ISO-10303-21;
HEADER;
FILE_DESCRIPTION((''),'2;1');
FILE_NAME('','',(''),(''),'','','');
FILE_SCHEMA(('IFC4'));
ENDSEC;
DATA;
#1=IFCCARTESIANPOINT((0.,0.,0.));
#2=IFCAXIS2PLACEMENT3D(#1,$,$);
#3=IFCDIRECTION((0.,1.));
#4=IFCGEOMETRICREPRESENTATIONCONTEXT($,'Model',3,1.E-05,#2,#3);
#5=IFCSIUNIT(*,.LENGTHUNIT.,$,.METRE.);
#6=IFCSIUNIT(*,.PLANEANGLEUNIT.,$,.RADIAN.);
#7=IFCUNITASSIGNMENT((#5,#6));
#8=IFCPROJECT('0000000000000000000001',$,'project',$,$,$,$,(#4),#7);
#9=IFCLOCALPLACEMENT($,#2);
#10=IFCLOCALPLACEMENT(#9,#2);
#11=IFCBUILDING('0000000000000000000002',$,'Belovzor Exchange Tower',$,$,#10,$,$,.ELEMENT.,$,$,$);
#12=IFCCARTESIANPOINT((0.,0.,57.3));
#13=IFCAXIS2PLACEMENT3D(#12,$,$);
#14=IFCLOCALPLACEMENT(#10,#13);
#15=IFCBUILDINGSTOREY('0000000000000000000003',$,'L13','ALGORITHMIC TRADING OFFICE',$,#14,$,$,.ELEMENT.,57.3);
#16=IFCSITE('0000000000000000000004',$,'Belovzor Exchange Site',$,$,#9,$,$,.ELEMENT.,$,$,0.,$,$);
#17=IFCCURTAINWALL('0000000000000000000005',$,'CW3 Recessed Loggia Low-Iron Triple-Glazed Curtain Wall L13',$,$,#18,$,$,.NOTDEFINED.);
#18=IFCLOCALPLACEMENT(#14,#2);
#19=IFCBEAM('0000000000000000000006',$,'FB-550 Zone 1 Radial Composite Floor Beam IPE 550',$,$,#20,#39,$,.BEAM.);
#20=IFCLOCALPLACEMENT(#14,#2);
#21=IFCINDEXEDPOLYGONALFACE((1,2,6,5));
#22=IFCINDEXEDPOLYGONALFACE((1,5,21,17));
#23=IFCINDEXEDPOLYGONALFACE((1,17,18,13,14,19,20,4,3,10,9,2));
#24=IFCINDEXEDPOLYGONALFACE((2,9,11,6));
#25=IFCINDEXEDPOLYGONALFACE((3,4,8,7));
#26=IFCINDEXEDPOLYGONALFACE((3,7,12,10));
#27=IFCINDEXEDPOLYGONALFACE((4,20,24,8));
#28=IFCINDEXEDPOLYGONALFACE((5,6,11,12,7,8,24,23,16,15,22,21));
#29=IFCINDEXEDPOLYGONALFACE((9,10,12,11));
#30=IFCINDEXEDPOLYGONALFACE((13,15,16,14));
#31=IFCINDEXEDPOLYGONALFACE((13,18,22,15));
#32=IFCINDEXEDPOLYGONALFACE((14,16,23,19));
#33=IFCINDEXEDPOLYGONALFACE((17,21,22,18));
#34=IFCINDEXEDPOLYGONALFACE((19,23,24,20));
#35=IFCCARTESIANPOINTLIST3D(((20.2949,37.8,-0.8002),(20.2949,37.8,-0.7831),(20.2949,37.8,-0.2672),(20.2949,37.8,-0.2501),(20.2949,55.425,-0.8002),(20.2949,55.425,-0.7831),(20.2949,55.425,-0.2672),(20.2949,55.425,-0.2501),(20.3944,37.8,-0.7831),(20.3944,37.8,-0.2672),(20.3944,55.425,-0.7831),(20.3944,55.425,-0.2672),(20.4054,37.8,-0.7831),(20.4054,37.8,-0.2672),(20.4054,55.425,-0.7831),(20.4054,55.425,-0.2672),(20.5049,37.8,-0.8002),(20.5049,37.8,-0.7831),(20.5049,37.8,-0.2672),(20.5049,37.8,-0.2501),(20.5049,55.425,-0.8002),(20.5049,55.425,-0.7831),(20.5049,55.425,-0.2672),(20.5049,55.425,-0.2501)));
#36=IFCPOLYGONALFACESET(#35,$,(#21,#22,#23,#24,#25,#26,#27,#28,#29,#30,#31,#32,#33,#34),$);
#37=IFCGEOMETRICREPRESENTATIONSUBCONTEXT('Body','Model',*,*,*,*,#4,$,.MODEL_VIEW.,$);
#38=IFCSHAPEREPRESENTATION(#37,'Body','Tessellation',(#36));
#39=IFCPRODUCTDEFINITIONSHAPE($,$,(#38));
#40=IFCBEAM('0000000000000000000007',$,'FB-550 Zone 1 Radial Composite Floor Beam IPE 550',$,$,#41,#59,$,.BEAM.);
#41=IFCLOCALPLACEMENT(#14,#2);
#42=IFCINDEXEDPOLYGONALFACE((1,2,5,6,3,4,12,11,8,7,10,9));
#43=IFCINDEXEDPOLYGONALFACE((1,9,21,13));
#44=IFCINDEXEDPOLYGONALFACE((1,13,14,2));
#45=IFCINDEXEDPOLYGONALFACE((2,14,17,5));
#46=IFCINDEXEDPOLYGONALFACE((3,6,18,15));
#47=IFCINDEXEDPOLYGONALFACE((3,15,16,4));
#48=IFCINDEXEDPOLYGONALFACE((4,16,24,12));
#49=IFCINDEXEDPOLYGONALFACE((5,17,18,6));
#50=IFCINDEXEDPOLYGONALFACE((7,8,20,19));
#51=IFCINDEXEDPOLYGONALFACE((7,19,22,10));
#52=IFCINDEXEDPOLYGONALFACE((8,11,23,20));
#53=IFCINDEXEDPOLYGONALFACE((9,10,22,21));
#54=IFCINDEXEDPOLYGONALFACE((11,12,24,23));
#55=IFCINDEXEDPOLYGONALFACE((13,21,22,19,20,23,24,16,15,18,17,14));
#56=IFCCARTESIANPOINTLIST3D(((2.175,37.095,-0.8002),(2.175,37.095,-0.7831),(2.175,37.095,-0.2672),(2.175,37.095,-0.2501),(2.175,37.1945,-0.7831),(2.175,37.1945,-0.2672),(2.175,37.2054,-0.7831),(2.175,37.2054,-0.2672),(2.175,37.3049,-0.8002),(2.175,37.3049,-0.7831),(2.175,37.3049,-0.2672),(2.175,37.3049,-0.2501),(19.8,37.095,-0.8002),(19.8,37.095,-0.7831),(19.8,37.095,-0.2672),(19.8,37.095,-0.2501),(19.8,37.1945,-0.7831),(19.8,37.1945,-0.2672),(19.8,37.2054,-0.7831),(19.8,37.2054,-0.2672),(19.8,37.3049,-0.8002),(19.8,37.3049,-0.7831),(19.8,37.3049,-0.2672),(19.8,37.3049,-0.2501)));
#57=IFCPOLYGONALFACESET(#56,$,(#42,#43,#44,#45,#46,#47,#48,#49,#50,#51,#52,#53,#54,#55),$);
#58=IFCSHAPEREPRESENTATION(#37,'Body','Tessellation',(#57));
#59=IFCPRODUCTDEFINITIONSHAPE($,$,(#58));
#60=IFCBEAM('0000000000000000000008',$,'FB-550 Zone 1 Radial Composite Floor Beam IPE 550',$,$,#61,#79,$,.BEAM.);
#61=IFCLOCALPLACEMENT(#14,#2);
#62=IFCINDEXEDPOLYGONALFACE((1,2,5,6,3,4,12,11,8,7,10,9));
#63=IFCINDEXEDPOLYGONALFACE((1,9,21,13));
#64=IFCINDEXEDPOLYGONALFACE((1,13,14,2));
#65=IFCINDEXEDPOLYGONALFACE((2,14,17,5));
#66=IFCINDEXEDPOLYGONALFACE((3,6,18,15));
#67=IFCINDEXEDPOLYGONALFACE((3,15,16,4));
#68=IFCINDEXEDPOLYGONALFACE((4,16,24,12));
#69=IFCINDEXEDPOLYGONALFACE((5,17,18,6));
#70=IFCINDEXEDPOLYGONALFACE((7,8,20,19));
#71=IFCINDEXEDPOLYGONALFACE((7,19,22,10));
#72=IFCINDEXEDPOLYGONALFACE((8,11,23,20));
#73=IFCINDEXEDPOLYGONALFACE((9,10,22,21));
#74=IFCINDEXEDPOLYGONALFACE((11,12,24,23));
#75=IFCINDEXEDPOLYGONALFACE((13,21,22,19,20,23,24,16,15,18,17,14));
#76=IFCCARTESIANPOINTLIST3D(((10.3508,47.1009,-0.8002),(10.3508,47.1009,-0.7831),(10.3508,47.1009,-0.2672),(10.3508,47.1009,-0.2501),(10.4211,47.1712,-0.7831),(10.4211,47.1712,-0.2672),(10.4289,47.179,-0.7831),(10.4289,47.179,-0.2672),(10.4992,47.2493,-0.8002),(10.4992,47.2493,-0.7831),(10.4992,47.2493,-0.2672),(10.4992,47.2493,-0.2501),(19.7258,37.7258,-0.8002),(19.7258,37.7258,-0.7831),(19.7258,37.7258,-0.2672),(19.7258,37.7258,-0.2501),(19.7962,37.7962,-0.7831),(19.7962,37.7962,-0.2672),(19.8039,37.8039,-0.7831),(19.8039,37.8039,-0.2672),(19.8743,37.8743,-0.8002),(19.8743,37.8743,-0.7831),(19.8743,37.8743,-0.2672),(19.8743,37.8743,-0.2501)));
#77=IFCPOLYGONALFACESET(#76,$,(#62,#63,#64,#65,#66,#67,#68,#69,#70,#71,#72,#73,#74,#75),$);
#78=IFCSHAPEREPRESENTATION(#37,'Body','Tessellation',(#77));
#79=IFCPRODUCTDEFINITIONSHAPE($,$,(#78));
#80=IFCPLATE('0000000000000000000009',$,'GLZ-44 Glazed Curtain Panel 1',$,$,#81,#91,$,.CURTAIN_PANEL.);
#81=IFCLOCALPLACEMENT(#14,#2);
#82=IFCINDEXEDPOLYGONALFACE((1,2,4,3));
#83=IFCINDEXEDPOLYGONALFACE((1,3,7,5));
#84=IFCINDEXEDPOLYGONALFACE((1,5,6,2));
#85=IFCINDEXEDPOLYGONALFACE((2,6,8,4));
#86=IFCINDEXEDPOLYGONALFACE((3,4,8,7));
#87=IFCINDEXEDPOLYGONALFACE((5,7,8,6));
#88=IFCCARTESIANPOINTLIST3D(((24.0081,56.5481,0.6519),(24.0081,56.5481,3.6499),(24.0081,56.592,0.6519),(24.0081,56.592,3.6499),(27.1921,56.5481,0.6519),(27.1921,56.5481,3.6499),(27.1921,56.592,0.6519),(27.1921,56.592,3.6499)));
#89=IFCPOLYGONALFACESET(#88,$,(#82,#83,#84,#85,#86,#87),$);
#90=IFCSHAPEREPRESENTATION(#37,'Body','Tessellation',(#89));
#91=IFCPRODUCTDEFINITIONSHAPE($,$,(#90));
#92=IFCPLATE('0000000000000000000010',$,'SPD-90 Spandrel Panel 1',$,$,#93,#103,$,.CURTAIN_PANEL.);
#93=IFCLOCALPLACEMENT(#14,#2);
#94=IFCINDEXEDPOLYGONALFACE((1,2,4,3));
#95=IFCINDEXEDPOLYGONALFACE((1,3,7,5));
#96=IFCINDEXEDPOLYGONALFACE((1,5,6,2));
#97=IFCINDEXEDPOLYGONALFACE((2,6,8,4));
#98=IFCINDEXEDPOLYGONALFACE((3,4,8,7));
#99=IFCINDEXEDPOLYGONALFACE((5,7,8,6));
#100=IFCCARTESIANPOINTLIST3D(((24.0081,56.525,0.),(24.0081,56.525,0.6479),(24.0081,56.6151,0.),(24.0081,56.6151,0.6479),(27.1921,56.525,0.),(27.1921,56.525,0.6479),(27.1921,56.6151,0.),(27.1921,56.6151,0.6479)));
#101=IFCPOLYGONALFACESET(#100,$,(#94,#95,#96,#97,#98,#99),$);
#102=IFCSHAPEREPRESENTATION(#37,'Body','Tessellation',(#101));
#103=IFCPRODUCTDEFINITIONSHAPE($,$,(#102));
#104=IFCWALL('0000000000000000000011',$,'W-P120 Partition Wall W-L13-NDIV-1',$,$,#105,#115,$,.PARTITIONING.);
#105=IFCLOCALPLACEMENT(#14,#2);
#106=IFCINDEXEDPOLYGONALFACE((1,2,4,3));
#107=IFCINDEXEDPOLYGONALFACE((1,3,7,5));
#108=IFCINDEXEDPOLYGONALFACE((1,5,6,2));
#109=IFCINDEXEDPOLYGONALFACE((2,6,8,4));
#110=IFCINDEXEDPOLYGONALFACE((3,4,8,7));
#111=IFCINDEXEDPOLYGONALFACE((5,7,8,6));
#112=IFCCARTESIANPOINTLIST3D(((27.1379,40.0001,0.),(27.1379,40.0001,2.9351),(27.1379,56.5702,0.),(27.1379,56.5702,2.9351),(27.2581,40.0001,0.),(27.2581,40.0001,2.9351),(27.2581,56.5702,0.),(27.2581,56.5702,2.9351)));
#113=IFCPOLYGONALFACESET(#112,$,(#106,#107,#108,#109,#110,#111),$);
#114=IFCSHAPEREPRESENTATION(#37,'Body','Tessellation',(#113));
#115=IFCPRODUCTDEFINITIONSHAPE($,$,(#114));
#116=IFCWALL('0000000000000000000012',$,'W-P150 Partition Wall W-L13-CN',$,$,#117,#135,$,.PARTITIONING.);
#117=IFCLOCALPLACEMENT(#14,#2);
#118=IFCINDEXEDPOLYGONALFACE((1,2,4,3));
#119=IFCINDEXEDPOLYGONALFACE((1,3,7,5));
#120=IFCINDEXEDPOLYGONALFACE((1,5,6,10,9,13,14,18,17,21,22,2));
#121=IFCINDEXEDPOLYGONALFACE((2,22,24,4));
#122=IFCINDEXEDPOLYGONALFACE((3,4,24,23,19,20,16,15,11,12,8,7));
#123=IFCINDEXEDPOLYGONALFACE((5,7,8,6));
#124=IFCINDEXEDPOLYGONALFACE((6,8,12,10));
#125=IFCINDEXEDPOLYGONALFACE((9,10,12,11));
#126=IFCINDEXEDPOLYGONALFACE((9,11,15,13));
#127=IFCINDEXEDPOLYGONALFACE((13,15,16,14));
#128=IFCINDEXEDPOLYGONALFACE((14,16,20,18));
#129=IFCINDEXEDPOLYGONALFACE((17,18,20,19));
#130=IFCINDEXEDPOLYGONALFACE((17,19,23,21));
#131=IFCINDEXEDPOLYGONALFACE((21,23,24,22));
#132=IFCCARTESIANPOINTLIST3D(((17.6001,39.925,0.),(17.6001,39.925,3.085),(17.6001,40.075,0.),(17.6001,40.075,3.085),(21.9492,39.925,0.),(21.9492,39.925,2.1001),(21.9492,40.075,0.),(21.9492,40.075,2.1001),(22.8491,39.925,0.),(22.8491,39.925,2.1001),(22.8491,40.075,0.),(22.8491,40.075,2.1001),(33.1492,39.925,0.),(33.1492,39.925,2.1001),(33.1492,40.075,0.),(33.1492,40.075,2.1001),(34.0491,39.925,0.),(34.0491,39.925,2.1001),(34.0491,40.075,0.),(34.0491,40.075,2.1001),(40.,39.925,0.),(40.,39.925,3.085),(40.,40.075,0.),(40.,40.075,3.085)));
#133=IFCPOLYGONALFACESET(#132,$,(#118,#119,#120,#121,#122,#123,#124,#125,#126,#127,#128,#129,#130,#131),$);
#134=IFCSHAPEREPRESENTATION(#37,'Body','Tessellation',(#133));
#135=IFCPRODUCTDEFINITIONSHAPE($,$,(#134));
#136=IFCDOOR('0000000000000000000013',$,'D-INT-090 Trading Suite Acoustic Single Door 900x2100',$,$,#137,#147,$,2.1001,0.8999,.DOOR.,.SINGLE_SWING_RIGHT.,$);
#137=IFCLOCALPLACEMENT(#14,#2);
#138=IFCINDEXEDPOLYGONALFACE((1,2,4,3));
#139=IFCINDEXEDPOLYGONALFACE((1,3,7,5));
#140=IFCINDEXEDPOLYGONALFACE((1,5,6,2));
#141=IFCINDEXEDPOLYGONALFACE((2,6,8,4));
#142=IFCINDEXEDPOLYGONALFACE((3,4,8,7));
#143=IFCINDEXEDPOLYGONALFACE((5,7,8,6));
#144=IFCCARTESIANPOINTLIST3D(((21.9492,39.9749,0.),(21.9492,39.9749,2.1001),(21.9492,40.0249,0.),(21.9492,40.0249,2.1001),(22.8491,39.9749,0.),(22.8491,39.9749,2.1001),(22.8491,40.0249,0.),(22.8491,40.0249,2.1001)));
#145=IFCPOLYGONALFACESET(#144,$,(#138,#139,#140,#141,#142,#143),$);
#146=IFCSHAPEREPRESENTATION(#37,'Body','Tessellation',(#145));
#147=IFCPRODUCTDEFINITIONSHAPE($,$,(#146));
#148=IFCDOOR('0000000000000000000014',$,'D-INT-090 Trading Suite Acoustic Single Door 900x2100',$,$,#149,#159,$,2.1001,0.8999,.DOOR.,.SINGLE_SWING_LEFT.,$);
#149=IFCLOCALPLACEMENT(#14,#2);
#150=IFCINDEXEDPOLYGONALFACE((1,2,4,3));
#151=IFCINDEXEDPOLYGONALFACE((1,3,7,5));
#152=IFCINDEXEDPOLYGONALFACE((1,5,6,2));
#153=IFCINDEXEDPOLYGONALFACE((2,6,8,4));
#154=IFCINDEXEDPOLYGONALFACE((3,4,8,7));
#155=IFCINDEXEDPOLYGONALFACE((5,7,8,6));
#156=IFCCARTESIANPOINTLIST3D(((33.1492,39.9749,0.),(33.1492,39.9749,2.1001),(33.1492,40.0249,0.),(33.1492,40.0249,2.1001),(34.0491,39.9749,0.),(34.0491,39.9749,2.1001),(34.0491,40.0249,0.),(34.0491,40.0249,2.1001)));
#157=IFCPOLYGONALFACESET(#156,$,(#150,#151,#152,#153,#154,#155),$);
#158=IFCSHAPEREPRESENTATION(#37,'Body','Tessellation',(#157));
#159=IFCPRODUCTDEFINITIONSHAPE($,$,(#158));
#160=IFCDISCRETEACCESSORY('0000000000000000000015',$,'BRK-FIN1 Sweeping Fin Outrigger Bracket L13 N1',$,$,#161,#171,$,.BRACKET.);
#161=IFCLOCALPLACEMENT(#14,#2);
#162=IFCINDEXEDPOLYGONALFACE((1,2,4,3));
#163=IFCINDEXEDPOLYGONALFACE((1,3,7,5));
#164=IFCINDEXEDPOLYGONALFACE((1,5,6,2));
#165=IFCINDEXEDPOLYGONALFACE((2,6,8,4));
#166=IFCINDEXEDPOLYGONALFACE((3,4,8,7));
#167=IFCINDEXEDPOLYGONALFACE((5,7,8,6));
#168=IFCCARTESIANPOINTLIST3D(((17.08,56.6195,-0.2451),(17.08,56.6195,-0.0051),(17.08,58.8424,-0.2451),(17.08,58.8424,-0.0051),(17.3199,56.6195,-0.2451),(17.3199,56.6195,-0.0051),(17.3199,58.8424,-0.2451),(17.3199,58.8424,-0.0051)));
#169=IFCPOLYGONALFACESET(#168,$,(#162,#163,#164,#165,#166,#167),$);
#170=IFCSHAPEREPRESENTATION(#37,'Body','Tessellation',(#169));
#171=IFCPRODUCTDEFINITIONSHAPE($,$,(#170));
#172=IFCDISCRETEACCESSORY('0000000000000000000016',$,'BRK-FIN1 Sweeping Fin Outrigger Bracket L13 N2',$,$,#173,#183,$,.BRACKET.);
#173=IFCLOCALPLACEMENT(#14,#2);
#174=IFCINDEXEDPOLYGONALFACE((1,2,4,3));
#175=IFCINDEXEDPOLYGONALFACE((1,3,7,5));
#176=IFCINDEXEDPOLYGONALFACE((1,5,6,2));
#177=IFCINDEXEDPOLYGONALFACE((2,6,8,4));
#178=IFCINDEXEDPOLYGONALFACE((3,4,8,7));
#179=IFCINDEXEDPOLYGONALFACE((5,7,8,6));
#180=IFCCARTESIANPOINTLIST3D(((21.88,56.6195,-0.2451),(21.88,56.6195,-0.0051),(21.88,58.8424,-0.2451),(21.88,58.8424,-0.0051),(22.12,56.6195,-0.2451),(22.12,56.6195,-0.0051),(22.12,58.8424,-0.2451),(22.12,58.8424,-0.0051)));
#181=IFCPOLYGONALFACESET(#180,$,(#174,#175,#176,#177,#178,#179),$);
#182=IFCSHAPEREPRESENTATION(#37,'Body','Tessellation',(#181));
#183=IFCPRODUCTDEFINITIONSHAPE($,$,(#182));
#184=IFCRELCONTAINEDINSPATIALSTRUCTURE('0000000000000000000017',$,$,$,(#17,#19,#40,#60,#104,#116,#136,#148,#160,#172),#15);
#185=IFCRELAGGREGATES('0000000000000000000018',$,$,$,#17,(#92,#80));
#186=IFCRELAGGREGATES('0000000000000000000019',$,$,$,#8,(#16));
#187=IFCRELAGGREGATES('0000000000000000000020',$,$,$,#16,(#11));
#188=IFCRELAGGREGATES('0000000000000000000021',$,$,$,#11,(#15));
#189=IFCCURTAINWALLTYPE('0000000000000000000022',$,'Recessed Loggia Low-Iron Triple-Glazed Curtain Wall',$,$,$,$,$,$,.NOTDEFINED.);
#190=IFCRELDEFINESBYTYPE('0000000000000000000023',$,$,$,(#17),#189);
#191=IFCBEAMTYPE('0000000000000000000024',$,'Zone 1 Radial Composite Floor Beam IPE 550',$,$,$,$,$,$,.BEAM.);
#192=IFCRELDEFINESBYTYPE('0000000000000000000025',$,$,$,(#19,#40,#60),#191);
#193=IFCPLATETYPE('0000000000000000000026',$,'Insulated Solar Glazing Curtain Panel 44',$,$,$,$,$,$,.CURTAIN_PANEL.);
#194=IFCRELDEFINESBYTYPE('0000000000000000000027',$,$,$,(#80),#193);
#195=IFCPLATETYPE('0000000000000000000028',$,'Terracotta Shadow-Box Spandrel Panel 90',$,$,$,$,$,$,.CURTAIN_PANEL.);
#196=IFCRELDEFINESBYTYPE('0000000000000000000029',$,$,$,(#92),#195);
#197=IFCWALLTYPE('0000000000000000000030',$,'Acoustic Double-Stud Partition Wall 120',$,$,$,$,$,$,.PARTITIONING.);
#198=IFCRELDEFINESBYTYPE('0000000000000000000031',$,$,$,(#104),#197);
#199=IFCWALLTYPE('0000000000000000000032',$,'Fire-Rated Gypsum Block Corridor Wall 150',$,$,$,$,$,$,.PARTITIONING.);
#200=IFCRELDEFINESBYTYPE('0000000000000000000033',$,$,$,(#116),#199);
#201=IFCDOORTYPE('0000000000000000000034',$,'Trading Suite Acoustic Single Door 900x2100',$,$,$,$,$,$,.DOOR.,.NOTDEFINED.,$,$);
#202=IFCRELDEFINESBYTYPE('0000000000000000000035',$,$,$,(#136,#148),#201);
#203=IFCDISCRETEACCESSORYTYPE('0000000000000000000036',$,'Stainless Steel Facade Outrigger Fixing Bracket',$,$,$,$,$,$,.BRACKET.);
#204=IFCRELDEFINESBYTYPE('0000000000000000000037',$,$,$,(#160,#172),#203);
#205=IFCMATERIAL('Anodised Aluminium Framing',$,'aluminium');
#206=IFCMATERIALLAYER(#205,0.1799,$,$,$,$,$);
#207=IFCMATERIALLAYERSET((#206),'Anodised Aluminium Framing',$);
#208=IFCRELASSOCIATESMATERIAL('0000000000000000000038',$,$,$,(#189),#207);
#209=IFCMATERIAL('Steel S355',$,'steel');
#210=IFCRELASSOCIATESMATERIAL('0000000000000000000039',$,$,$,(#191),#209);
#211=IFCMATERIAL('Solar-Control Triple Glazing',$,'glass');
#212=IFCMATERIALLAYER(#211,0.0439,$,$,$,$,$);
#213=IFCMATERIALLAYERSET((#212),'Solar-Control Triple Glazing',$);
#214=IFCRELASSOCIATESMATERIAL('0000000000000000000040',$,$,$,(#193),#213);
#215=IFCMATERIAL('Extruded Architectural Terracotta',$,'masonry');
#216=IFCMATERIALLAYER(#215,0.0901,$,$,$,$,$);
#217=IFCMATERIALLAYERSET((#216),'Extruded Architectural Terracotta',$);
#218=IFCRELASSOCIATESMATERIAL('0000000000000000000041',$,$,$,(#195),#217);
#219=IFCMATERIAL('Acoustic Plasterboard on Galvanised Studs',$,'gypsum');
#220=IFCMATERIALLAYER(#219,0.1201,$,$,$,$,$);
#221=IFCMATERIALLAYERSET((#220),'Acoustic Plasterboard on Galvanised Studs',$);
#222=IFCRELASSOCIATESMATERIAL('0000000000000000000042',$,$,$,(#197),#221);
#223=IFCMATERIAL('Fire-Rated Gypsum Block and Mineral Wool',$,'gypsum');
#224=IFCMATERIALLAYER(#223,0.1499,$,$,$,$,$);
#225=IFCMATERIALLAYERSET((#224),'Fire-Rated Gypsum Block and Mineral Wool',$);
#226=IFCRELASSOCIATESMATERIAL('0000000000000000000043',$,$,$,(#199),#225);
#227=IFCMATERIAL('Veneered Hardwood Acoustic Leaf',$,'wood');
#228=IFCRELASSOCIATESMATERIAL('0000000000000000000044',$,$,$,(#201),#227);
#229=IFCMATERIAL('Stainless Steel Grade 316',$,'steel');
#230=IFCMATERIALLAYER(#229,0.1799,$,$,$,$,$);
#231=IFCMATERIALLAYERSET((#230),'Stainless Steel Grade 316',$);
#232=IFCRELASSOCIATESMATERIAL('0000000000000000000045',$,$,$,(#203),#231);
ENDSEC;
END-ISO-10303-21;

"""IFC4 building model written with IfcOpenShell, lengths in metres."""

from ifc_helpers import new_model, si_unit, direction, frame, frame_2d, origin, origin_2d, place, context, subcontext, project, spatial, rectangle, i_section, extrude, material, layer, layer_set, material_profile, profile_set, type_object, element, fill, aggregate, save


model = new_model("IFC4")

# Units and contexts
model_context = context("Model", 3, precision=1e-05, world=origin(), true_north=direction((0.0, 1.0)))
body_context = subcontext(model_context, "Body", "Model", "MODEL_VIEW")
ifc_project = project(units=[si_unit("LENGTHUNIT", "METRE"), si_unit("PLANEANGLEUNIT", "RADIAN")], contexts=[model_context])

# Site, building, storey
site_placement = place(None, origin())
site = spatial("IfcSite", under=ifc_project, at=site_placement, Name="Belovzor Exchange Site", CompositionType="ELEMENT", RefElevation=0.0)
building_placement = place(site_placement, origin())
building = spatial("IfcBuilding", under=site, at=building_placement, Name="Belovzor Exchange Tower", CompositionType="ELEMENT")
storey_placement = place(building_placement, frame((0.0, 0.0, 57.3)))
storey = spatial("IfcBuildingStorey", under=building, at=storey_placement, Name="L13", Description="ALGORITHMIC TRADING OFFICE", CompositionType="ELEMENT", Elevation=57.3)

# Curtain wall
ifc_material_1 = material(Name="Anodised Aluminium Framing", Category="aluminium")
ifc_layer_1 = layer(ifc_material_1, 0.1799)
ifc_layer_set_1 = layer_set([ifc_layer_1], Name="Anodised Aluminium Framing")
curtain_wall_type = type_object("IfcCurtainWallType", Name="Recessed Loggia Low-Iron Triple-Glazed Curtain Wall", PredefinedType="NOTDEFINED", material=ifc_layer_set_1)
curtain_wall_placement = place(storey_placement, origin())
curtain_wall = element("IfcCurtainWall", 1, at=curtain_wall_placement, inside=storey, type_object=curtain_wall_type, Name="CW3 Recessed Loggia Low-Iron Triple-Glazed Curtain Wall L13", PredefinedType="NOTDEFINED")

# Beams
ifc_material_2 = material(Name="Steel S355", Category="steel")
ifc_material_profile_1 = material_profile(ifc_material_2, i_section(OverallWidth=0.21, OverallDepth=0.55, WebThickness=0.011, FlangeThickness=0.0171, at=origin_2d()))
ifc_profile_set_1 = profile_set([ifc_material_profile_1], Name="Steel S355")
beam_type_1 = type_object("IfcBeamType", Name="Zone 1 Radial Composite Floor Beam IPE 550", PredefinedType="BEAM", material=ifc_profile_set_1)
for number, where, z_axis, x_axis, name in (
    (2, (20.3999, 37.8, -0.5251), (0.0, 1.0, 0.0), (-1.0, 0.0, 0.0), "FB-550 Zone 1 Radial Composite Floor Beam IPE 550"),
    (3, (19.8, 37.2, -0.5251), (-1.0, 0.0, 0.0), (0.0, -1.0, 0.0), "FB-550 Zone 1 Radial Composite Floor Beam IPE 550"),
):
    element("IfcBeam", number, at=place(storey_placement, frame(where, z_axis=z_axis, x_axis=x_axis)), inside=storey, type_object=beam_type_1, Name=name, PredefinedType="BEAM", context=body_context, shape_type="SweptSolid", body=[
        extrude(i_section(OverallWidth=0.21, OverallDepth=0.55, WebThickness=0.011, FlangeThickness=0.0171, at=origin_2d()), origin(), (0.0, 0.0, 1.0), 17.625),
    ])
beam_1_placement = place(storey_placement, frame((19.8, 37.8, -0.5251), z_axis=(-0.707107, 0.707107, 0.0), x_axis=(-0.707107, -0.707107, 0.0)))
element("IfcBeam", 4, at=beam_1_placement, inside=storey, type_object=beam_type_1, Name="FB-550 Zone 1 Radial Composite Floor Beam IPE 550", PredefinedType="BEAM", context=body_context, shape_type="SweptSolid", body=[
    extrude(i_section(OverallWidth=0.21, OverallDepth=0.55, WebThickness=0.011, FlangeThickness=0.0171, at=origin_2d()), origin(), (0.0, 0.0, 1.0), 13.2583),
])

# Plates
ifc_material_3 = material(Name="Solar-Control Triple Glazing", Category="glass")
ifc_layer_2 = layer(ifc_material_3, 0.0439)
ifc_layer_set_2 = layer_set([ifc_layer_2], Name="Solar-Control Triple Glazing")
plate_type_1 = type_object("IfcPlateType", Name="Insulated Solar Glazing Curtain Panel 44", PredefinedType="CURTAIN_PANEL", material=ifc_layer_set_2)
plate_1_placement = place(storey_placement, frame((25.6001, 56.5701, 0.6519), z_axis=(0.0, 0.0, 1.0), x_axis=(1.0, 0.0, 0.0)))
plate_1 = element("IfcPlate", 5, at=plate_1_placement, type_object=plate_type_1, Name="GLZ-44 Glazed Curtain Panel 1", PredefinedType="CURTAIN_PANEL", context=body_context, shape_type="SweptSolid", body=[
    extrude(rectangle(XDim=3.1841, YDim=0.0439, at=origin_2d()), origin(), (0.0, 0.0, 1.0), 2.998),
])
ifc_material_4 = material(Name="Extruded Architectural Terracotta", Category="masonry")
ifc_layer_3 = layer(ifc_material_4, 0.0901)
ifc_layer_set_3 = layer_set([ifc_layer_3], Name="Extruded Architectural Terracotta")
plate_type_2 = type_object("IfcPlateType", Name="Terracotta Shadow-Box Spandrel Panel 90", PredefinedType="CURTAIN_PANEL", material=ifc_layer_set_3)
plate_2_placement = place(storey_placement, frame((25.6001, 56.5701, 0.0), z_axis=(0.0, 0.0, 1.0), x_axis=(1.0, 0.0, 0.0)))
plate_2 = element("IfcPlate", 6, at=plate_2_placement, type_object=plate_type_2, Name="SPD-90 Spandrel Panel 1", PredefinedType="CURTAIN_PANEL", context=body_context, shape_type="SweptSolid", body=[
    extrude(rectangle(XDim=3.1841, YDim=0.0901, at=origin_2d()), origin(), (0.0, 0.0, 1.0), 0.6479),
])
aggregate(curtain_wall, [plate_2, plate_1])

# Wall
ifc_material_5 = material(Name="Acoustic Plasterboard on Galvanised Studs", Category="gypsum")
ifc_layer_4 = layer(ifc_material_5, 0.1201)
ifc_layer_set_4 = layer_set([ifc_layer_4], Name="Acoustic Plasterboard on Galvanised Studs")
wall_type_1 = type_object("IfcWallType", Name="Acoustic Double-Stud Partition Wall 120", PredefinedType="PARTITIONING", material=ifc_layer_set_4)
wall_1_placement = place(storey_placement, frame((27.198, 40.0, 0.0), z_axis=(0.0, 0.0, 1.0), x_axis=(0.0, 1.0, 0.0)))
element("IfcWall", 7, at=wall_1_placement, inside=storey, type_object=wall_type_1, Name="W-P120 Partition Wall W-L13-NDIV-1", PredefinedType="PARTITIONING", context=body_context, shape_type="SweptSolid", body=[
    extrude(rectangle(XDim=16.5701, YDim=0.1201, at=frame_2d((8.2852, 0.0))), origin(), (0.0, 0.0, 1.0), 2.9351),
])

# Wall, openings, doors
ifc_material_6 = material(Name="Fire-Rated Gypsum Block and Mineral Wool", Category="gypsum")
ifc_layer_5 = layer(ifc_material_6, 0.1499)
ifc_layer_set_5 = layer_set([ifc_layer_5], Name="Fire-Rated Gypsum Block and Mineral Wool")
wall_type_2 = type_object("IfcWallType", Name="Fire-Rated Gypsum Block Corridor Wall 150", PredefinedType="PARTITIONING", material=ifc_layer_set_5)
wall_2_placement = place(storey_placement, frame((17.6001, 40.0, 0.0), z_axis=(0.0, 0.0, 1.0), x_axis=(1.0, 0.0, 0.0)))
wall_2 = element("IfcWall", 8, at=wall_2_placement, inside=storey, type_object=wall_type_2, Name="W-P150 Partition Wall W-L13-CN", PredefinedType="PARTITIONING", context=body_context, shape_type="SweptSolid", body=[
    extrude(rectangle(XDim=22.3999, YDim=0.1499, at=frame_2d((11.2, 0.0))), origin(), (0.0, 0.0, 1.0), 3.085),
])
opening_1_placement = place(wall_2_placement, frame((4.3491, 0.0, 0.0)))
opening_1 = element("IfcOpeningElement", 9, at=opening_1_placement, cuts=wall_2, PredefinedType="OPENING", context=body_context, shape_type="SweptSolid", body=[
    extrude(rectangle(XDim=0.8999, YDim=2.1001, at=frame_2d((0.45, 1.05))), frame((0.0, 0.085, 0.0), z_axis=(0.0, -1.0, 0.0), x_axis=(1.0, 0.0, 0.0)), (0.0, 0.0, 1.0), 0.1699),
])
opening_2_placement = place(wall_2_placement, frame((15.5491, 0.0, 0.0)))
opening_2 = element("IfcOpeningElement", 10, at=opening_2_placement, cuts=wall_2, PredefinedType="OPENING", context=body_context, shape_type="SweptSolid", body=[
    extrude(rectangle(XDim=0.8999, YDim=2.1001, at=frame_2d((0.45, 1.05))), frame((0.0, 0.085, 0.0), z_axis=(0.0, -1.0, 0.0), x_axis=(1.0, 0.0, 0.0)), (0.0, 0.0, 1.0), 0.1699),
])
ifc_material_7 = material(Name="Veneered Hardwood Acoustic Leaf", Category="wood")
door_type_1 = type_object("IfcDoorType", Name="Trading Suite Acoustic Single Door 900x2100", OperationType="NOTDEFINED", PredefinedType="DOOR", material=ifc_material_7)
door_1_placement = place(opening_1_placement, origin())
door_1 = element("IfcDoor", 11, at=door_1_placement, inside=storey, type_object=door_type_1, Name="D-INT-090 Trading Suite Acoustic Single Door 900x2100", OperationType="SINGLE_SWING_RIGHT", OverallHeight=2.1001, OverallWidth=0.8999, PredefinedType="DOOR", context=body_context, shape_type="SweptSolid", body=[
    extrude(rectangle(XDim=0.8999, YDim=2.1001, at=frame_2d((0.45, 1.05))), frame((0.0, 0.0249, 0.0), z_axis=(0.0, -1.0, 0.0), x_axis=(1.0, 0.0, 0.0)), (0.0, 0.0, 1.0), 0.05),
])
fill(opening_1, door_1)
door_2_placement = place(opening_2_placement, origin())
door_2 = element("IfcDoor", 12, at=door_2_placement, inside=storey, type_object=door_type_1, Name="D-INT-090 Trading Suite Acoustic Single Door 900x2100", OperationType="SINGLE_SWING_LEFT", OverallHeight=2.1001, OverallWidth=0.8999, PredefinedType="DOOR", context=body_context, shape_type="SweptSolid", body=[
    extrude(rectangle(XDim=0.8999, YDim=2.1001, at=frame_2d((0.45, 1.05))), frame((0.0, 0.0249, 0.0), z_axis=(0.0, -1.0, 0.0), x_axis=(1.0, 0.0, 0.0)), (0.0, 0.0, 1.0), 0.05),
])
fill(opening_2, door_2)

# Discrete accessories
ifc_material_8 = material(Name="Stainless Steel Grade 316", Category="steel")
ifc_layer_6 = layer(ifc_material_8, 0.1799)
ifc_layer_set_6 = layer_set([ifc_layer_6], Name="Stainless Steel Grade 316")
discrete_accessory_type = type_object("IfcDiscreteAccessoryType", Name="Stainless Steel Facade Outrigger Fixing Bracket", PredefinedType="BRACKET", material=ifc_layer_set_6)
for number, where, z_axis, x_axis, name in (
    (13, (17.2, 57.731, -0.2451), (0.0, 0.0, 1.0), (0.0, 1.0, 0.0), "BRK-FIN1 Sweeping Fin Outrigger Bracket L13 N1"),
    (14, (22.0, 57.731, -0.2451), (0.0, 0.0, 1.0), (0.0, 1.0, 0.0), "BRK-FIN1 Sweeping Fin Outrigger Bracket L13 N2"),
):
    element("IfcDiscreteAccessory", number, at=place(storey_placement, frame(where, z_axis=z_axis, x_axis=x_axis)), inside=storey, type_object=discrete_accessory_type, Name=name, PredefinedType="BRACKET", context=body_context, shape_type="SweptSolid", body=[
        extrude(rectangle(XDim=2.2229, YDim=0.24, at=origin_2d()), origin(), (0.0, 0.0, 1.0), 0.24),
    ])

save(model, "model.ifc")
